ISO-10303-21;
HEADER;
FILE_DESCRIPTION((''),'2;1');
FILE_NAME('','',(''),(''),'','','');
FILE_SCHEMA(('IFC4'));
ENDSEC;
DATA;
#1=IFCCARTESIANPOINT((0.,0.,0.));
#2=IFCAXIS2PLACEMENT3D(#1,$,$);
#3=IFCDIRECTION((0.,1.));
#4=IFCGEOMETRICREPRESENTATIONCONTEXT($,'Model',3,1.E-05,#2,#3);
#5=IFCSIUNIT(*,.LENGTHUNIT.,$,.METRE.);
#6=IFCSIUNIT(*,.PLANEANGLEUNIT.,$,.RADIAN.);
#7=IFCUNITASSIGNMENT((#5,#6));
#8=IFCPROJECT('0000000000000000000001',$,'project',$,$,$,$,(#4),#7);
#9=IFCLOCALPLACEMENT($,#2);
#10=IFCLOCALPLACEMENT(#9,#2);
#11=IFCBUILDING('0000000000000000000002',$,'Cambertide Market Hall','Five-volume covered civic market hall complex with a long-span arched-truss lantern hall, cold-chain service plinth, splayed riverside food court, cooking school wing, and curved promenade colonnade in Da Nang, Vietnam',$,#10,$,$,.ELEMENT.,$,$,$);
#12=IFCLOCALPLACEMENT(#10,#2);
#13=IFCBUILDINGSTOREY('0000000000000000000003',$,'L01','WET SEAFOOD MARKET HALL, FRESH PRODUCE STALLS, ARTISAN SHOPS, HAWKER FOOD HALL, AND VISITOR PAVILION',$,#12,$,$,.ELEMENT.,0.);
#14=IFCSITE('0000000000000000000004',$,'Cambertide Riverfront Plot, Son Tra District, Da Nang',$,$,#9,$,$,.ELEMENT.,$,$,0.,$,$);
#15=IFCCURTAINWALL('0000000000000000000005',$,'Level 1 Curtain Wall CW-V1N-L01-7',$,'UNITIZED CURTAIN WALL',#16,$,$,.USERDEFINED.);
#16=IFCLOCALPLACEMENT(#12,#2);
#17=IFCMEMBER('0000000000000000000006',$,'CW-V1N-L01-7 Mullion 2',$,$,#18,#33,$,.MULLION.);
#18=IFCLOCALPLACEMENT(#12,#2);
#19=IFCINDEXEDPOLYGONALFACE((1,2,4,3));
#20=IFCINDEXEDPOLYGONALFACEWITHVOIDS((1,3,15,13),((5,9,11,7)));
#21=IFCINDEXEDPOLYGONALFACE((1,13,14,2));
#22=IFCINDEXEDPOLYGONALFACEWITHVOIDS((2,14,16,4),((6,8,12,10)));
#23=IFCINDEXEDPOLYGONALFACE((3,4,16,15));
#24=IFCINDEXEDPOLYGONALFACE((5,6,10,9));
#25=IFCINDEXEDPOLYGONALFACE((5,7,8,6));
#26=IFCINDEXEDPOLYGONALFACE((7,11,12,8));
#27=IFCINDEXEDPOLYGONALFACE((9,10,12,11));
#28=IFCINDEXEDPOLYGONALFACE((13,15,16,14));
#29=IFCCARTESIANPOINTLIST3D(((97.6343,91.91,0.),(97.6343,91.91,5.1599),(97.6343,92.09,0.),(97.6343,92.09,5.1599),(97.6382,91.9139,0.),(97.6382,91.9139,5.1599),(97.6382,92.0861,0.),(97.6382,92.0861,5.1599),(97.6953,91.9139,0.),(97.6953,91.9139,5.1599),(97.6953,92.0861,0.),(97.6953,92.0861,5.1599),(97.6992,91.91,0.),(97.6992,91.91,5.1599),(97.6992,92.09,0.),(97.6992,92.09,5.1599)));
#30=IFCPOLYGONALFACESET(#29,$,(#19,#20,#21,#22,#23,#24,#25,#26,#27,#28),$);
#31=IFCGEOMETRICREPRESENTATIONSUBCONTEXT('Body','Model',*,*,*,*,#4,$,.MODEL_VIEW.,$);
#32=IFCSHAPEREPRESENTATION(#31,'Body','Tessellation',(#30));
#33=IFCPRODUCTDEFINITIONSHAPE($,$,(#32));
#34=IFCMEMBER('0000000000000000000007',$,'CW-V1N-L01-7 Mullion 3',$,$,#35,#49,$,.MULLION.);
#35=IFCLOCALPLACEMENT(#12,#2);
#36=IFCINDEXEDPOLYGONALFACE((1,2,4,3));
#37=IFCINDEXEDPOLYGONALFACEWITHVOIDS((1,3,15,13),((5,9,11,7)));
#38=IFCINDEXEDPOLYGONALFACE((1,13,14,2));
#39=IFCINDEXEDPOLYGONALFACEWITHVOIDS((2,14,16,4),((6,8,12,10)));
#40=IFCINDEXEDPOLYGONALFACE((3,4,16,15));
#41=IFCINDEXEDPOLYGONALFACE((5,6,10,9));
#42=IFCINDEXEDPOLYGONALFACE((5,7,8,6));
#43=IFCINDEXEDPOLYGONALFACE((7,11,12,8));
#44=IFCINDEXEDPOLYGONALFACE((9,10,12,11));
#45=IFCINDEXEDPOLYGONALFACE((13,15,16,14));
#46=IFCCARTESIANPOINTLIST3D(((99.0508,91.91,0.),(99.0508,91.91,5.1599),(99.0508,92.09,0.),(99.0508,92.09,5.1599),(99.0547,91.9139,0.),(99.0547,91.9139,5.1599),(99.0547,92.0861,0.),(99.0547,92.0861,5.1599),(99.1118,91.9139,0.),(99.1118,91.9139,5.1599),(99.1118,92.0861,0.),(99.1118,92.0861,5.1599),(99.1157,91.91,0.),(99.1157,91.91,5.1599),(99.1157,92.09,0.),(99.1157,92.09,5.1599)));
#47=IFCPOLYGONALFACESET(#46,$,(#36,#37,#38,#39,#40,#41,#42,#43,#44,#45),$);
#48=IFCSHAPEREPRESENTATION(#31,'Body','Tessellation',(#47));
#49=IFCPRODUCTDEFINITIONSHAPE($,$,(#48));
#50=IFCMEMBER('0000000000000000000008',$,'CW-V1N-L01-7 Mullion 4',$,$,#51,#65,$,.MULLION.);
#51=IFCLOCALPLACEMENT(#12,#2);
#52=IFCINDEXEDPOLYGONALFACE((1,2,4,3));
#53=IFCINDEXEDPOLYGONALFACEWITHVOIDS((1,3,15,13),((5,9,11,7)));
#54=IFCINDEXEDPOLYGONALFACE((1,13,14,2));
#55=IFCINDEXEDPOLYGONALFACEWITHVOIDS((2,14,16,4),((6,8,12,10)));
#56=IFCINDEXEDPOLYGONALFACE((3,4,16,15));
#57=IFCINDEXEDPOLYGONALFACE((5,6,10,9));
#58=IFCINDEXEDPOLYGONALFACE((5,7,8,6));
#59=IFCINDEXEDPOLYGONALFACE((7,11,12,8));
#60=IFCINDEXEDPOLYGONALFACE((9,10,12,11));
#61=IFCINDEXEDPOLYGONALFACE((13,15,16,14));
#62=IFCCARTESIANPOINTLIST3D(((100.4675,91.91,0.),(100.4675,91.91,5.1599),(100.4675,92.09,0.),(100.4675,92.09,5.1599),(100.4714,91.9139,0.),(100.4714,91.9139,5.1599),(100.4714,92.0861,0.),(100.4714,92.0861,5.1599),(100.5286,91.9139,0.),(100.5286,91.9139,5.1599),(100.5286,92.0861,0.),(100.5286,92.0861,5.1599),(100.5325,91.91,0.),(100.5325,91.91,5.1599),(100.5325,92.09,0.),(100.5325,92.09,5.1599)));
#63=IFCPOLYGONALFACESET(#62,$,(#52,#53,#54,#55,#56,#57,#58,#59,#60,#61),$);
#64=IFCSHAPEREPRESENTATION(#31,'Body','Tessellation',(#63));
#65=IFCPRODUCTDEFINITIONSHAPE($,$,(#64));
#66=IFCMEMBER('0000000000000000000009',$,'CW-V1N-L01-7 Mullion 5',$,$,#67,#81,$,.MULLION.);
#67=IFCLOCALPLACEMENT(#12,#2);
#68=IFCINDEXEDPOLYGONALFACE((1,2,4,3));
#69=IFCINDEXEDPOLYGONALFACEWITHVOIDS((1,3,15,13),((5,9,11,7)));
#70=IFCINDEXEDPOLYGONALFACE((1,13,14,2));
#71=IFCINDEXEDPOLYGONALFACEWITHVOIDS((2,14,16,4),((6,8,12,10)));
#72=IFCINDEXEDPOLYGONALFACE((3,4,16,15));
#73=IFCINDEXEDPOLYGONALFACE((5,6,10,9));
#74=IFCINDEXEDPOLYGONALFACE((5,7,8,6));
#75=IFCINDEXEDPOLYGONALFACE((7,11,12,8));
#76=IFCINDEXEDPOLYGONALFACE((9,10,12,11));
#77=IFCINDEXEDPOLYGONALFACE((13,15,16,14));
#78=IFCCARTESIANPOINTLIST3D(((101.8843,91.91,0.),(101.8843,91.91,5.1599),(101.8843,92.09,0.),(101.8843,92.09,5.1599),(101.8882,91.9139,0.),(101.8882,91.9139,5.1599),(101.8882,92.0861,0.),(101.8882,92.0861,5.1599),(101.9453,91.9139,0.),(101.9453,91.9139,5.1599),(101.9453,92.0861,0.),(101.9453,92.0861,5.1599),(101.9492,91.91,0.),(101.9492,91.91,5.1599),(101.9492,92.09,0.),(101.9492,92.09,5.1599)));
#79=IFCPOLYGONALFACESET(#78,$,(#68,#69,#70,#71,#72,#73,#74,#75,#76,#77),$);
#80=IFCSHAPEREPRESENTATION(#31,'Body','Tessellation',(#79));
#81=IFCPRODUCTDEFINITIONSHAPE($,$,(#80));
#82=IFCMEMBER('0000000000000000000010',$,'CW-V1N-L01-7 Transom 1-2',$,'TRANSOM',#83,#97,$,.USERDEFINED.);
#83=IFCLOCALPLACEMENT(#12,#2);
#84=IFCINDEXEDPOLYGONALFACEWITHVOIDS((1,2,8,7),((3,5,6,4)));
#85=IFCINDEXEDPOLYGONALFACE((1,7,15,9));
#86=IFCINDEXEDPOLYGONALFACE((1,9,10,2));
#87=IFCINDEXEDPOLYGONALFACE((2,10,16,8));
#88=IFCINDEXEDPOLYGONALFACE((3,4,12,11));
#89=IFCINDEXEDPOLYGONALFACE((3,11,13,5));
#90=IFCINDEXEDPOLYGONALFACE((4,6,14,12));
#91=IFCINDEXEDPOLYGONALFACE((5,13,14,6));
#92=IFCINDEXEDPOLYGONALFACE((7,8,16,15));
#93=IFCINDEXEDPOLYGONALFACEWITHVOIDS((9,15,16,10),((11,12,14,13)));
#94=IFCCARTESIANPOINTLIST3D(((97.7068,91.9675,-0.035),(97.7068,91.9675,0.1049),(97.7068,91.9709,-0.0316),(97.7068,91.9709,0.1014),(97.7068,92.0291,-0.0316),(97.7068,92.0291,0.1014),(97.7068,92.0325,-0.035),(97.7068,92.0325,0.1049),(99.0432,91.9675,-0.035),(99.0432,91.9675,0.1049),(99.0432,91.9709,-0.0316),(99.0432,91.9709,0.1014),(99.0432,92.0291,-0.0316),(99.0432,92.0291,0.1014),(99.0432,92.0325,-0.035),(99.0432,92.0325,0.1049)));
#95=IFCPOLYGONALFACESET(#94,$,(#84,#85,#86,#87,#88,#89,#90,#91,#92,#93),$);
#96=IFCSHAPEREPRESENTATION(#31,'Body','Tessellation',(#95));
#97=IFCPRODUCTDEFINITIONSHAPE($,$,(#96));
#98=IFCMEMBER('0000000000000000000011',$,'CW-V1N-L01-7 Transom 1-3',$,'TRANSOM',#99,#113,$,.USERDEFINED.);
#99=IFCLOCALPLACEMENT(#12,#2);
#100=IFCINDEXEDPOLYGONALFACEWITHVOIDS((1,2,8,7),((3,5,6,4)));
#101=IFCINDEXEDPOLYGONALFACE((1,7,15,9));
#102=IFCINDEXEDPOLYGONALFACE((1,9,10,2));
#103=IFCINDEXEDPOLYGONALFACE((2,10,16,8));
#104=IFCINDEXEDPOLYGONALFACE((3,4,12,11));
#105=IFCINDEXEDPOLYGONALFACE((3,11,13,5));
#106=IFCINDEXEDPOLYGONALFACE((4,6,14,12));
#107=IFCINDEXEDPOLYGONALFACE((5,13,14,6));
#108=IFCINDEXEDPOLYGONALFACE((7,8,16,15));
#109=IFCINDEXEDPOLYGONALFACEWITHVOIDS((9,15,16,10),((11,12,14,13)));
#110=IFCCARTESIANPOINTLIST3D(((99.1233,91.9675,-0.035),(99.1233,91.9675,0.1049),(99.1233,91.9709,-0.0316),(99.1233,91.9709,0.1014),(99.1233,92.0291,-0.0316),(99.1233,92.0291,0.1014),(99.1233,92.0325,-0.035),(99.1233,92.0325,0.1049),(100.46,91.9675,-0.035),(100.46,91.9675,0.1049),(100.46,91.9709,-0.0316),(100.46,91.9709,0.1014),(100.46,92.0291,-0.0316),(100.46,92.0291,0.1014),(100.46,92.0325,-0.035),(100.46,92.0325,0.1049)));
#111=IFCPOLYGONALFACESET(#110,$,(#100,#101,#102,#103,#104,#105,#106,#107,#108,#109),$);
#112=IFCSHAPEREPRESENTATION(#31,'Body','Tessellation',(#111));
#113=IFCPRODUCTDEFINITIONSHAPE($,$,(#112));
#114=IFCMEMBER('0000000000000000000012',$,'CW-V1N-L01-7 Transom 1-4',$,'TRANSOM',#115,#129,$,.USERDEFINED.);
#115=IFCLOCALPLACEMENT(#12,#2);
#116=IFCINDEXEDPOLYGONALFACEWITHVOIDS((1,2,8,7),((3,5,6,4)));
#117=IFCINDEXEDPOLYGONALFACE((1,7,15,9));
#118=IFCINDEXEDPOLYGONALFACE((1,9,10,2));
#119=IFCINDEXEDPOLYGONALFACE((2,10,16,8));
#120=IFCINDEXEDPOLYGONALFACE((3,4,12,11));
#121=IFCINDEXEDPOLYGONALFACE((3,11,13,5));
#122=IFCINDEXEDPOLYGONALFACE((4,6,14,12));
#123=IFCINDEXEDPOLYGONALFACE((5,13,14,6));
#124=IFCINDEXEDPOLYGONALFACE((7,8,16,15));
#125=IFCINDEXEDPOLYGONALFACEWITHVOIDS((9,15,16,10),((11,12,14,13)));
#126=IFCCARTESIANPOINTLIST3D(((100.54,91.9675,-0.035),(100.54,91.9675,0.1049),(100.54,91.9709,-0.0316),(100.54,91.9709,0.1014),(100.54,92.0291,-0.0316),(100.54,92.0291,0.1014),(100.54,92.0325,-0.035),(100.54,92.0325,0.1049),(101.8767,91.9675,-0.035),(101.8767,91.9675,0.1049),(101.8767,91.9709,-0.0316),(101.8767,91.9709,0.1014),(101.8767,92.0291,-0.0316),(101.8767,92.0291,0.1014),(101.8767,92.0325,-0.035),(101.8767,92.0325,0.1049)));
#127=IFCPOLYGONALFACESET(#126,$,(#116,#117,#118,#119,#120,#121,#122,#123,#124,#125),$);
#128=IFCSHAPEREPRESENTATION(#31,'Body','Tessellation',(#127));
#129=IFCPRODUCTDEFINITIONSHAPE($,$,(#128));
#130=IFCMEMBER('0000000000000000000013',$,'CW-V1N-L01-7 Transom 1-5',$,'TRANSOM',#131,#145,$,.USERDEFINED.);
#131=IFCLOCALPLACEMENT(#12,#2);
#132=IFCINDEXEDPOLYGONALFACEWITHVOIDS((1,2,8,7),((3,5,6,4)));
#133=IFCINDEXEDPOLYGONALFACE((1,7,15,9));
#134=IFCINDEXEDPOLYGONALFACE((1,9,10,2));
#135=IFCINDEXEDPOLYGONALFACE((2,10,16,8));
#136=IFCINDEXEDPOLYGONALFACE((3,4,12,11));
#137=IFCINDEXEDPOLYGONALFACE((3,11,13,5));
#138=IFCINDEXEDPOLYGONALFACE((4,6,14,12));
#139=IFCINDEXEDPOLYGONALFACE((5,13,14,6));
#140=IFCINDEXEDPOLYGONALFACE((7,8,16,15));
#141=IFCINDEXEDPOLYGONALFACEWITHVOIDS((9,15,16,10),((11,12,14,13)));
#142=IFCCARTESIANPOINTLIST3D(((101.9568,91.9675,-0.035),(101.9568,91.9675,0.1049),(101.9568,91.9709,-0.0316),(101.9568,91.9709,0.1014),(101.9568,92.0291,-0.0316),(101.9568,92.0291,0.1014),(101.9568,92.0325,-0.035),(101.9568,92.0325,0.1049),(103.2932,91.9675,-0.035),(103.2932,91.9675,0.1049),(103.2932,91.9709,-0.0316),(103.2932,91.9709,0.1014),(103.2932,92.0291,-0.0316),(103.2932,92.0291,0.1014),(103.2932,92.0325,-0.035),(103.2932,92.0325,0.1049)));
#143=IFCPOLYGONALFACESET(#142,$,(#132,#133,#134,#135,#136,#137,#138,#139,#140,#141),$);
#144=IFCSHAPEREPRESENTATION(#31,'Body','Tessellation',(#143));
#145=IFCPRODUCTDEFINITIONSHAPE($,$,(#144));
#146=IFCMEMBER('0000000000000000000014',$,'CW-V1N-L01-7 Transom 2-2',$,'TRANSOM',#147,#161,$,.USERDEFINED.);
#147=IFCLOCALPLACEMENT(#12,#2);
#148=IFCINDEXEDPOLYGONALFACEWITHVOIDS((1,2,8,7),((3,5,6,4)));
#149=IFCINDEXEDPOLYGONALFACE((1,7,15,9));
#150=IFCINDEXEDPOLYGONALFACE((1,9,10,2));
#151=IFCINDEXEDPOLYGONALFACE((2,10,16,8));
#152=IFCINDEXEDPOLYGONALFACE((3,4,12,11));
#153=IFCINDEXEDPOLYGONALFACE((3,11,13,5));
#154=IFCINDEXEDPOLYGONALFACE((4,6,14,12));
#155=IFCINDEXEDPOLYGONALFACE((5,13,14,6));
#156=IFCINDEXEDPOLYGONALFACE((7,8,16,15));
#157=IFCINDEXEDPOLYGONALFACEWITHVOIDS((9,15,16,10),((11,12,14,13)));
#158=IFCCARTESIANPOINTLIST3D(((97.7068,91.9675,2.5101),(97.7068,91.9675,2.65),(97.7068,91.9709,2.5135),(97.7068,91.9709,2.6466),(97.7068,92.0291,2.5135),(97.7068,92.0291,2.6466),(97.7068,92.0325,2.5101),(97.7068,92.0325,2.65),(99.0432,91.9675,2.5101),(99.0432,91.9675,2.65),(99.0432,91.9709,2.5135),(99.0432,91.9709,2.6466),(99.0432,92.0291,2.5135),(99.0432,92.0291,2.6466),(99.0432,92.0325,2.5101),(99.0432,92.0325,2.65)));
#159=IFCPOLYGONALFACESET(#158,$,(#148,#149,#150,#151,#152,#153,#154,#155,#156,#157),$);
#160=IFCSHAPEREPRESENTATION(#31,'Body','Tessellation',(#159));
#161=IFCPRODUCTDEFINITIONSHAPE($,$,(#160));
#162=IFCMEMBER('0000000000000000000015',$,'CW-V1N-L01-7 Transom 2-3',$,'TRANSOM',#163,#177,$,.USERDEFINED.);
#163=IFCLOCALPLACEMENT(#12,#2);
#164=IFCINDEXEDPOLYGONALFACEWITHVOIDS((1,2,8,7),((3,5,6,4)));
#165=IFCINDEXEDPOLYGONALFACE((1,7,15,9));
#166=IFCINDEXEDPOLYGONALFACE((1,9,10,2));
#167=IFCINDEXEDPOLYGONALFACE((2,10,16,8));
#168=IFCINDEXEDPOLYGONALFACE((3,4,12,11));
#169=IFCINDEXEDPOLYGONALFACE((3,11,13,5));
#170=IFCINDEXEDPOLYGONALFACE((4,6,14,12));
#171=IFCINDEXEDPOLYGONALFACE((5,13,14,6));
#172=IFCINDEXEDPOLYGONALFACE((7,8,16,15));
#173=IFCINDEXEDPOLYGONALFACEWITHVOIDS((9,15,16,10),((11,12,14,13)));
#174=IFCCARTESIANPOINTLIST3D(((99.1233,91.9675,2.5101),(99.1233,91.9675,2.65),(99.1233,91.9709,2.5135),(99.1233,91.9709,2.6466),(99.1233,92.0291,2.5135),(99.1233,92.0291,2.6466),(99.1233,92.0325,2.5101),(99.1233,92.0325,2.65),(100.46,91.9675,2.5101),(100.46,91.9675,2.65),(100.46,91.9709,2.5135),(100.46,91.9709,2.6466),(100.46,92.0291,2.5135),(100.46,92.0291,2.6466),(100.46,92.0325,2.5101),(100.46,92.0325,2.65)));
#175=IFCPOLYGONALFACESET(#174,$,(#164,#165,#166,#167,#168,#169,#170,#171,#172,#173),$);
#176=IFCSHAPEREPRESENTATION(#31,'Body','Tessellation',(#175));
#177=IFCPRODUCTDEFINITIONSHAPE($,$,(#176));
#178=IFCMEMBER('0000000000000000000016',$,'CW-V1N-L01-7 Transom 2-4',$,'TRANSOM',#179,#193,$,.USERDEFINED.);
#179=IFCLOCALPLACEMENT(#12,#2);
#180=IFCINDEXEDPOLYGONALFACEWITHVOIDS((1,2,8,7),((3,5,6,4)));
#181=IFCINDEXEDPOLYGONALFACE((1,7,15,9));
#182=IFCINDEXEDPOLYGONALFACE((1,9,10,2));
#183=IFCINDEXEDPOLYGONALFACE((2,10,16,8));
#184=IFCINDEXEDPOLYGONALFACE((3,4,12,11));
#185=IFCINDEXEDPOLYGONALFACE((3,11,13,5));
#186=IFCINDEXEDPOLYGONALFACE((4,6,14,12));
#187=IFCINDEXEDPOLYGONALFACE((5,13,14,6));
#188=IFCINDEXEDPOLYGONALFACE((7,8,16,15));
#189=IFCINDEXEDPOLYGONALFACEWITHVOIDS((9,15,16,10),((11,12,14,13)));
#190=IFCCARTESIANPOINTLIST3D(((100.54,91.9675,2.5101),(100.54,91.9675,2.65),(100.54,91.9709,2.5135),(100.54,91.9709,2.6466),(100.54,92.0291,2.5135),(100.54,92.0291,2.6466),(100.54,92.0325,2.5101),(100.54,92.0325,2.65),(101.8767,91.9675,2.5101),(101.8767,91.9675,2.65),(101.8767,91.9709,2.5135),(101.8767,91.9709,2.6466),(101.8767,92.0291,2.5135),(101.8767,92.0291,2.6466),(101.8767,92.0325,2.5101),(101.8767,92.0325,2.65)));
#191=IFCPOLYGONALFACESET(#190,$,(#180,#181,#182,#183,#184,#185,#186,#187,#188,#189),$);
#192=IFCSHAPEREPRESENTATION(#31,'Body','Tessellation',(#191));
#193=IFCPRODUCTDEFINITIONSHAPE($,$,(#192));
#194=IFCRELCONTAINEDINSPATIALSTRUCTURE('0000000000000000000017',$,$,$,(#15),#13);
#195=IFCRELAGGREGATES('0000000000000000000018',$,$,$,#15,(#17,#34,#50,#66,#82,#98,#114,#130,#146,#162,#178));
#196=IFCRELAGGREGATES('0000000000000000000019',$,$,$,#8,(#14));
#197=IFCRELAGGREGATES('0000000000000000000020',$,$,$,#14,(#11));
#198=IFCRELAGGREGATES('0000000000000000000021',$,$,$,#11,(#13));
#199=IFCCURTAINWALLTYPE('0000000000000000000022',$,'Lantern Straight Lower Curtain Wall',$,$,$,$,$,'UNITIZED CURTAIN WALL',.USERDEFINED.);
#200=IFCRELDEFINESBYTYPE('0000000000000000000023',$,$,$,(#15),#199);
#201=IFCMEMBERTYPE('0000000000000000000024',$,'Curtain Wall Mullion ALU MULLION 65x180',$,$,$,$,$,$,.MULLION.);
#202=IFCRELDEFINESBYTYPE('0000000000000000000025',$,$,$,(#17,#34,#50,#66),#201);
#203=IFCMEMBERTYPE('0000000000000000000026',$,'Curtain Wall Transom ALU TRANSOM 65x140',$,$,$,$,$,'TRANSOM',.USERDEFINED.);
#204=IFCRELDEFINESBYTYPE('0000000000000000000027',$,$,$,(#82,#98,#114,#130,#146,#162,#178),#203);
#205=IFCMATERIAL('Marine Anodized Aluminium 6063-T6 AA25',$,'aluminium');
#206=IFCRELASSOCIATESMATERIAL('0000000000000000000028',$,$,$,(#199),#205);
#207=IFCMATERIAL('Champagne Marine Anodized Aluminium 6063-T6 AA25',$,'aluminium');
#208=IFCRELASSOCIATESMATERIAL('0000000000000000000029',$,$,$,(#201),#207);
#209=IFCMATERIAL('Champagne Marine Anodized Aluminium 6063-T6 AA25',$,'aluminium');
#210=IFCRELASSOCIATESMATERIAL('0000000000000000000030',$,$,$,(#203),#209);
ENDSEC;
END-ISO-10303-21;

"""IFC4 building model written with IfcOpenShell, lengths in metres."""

from ifc_helpers import new_model, si_unit, direction, frame, origin, origin_2d, place, context, subcontext, project, spatial, hollow_rectangle, extrude, material, material_profile, profile_set, type_object, element, aggregate, save


model = new_model("IFC4")

# Units and contexts
model_context = context("Model", 3, precision=1e-05, world=origin(), true_north=direction((0.0, 1.0)))
body_context = subcontext(model_context, "Body", "Model", "MODEL_VIEW")
ifc_project = project(units=[si_unit("LENGTHUNIT", "METRE"), si_unit("PLANEANGLEUNIT", "RADIAN")], contexts=[model_context])

# Site, building, storey
site_placement = place(None, origin())
site = spatial("IfcSite", under=ifc_project, at=site_placement, Name="Cambertide Riverfront Plot, Son Tra District, Da Nang", CompositionType="ELEMENT", RefElevation=0.0)
building_placement = place(site_placement, origin())
building = spatial("IfcBuilding", under=site, at=building_placement, Name="Cambertide Market Hall", Description="Five-volume covered civic market hall complex with a long-span arched-truss lantern hall, cold-chain service plinth, splayed riverside food court, cooking school wing, and curved promenade colonnade in Da Nang, Vietnam", CompositionType="ELEMENT")
storey_placement = place(building_placement, origin())
storey = spatial("IfcBuildingStorey", under=building, at=storey_placement, Name="L01", Description="WET SEAFOOD MARKET HALL, FRESH PRODUCE STALLS, ARTISAN SHOPS, HAWKER FOOD HALL, AND VISITOR PAVILION", CompositionType="ELEMENT", Elevation=0.0)

# Curtain wall, members
ifc_material_1 = material(Name="Marine Anodized Aluminium 6063-T6 AA25", Category="aluminium")
curtain_wall_type = type_object("IfcCurtainWallType", Name="Lantern Straight Lower Curtain Wall", ElementType="UNITIZED CURTAIN WALL", PredefinedType="USERDEFINED", material=ifc_material_1)
curtain_wall_placement = place(storey_placement, origin())
curtain_wall = element("IfcCurtainWall", 1, at=curtain_wall_placement, inside=storey, type_object=curtain_wall_type, Name="Level 1 Curtain Wall CW-V1N-L01-7", ObjectType="UNITIZED CURTAIN WALL", PredefinedType="USERDEFINED")
ifc_material_2 = material(Name="Champagne Marine Anodized Aluminium 6063-T6 AA25", Category="aluminium")
ifc_material_profile_1 = material_profile(ifc_material_2, hollow_rectangle(XDim=0.0649, YDim=0.1799, WallThickness=0.0039, at=origin_2d()), Name="ALU MULLION 65x180")
ifc_profile_set_1 = profile_set([ifc_material_profile_1], Name="Champagne Marine Anodized Aluminium 6063-T6 AA25")
member_type_1 = type_object("IfcMemberType", Name="Curtain Wall Mullion ALU MULLION 65x180", PredefinedType="MULLION", material=ifc_profile_set_1)
member_1_placement = place(storey_placement, frame((97.6667, 92.0, 0.0), z_axis=(0.0, 0.0, 1.0), x_axis=(1.0, 0.0, 0.0)))
member_1 = element("IfcMember", 2, at=member_1_placement, type_object=member_type_1, Name="CW-V1N-L01-7 Mullion 2", PredefinedType="MULLION", context=body_context, shape_type="SweptSolid", body=[
    extrude(hollow_rectangle(XDim=0.0649, YDim=0.1799, WallThickness=0.0039, at=origin_2d()), origin(), (0.0, 0.0, 1.0), 5.1599),
])
member_2_placement = place(storey_placement, frame((99.0833, 92.0, 0.0), z_axis=(0.0, 0.0, 1.0), x_axis=(1.0, 0.0, 0.0)))
member_2 = element("IfcMember", 3, at=member_2_placement, type_object=member_type_1, Name="CW-V1N-L01-7 Mullion 3", PredefinedType="MULLION", context=body_context, shape_type="SweptSolid", body=[
    extrude(hollow_rectangle(XDim=0.0649, YDim=0.1799, WallThickness=0.0039, at=origin_2d()), origin(), (0.0, 0.0, 1.0), 5.1599),
])
member_3_placement = place(storey_placement, frame((100.5, 92.0, 0.0), z_axis=(0.0, 0.0, 1.0), x_axis=(1.0, 0.0, 0.0)))
member_3 = element("IfcMember", 4, at=member_3_placement, type_object=member_type_1, Name="CW-V1N-L01-7 Mullion 4", PredefinedType="MULLION", context=body_context, shape_type="SweptSolid", body=[
    extrude(hollow_rectangle(XDim=0.0649, YDim=0.1799, WallThickness=0.0039, at=origin_2d()), origin(), (0.0, 0.0, 1.0), 5.1599),
])
member_4_placement = place(storey_placement, frame((101.9167, 92.0, 0.0), z_axis=(0.0, 0.0, 1.0), x_axis=(1.0, 0.0, 0.0)))
member_4 = element("IfcMember", 5, at=member_4_placement, type_object=member_type_1, Name="CW-V1N-L01-7 Mullion 5", PredefinedType="MULLION", context=body_context, shape_type="SweptSolid", body=[
    extrude(hollow_rectangle(XDim=0.0649, YDim=0.1799, WallThickness=0.0039, at=origin_2d()), origin(), (0.0, 0.0, 1.0), 5.1599),
])
ifc_material_3 = material(Name="Champagne Marine Anodized Aluminium 6063-T6 AA25", Category="aluminium")
ifc_material_profile_2 = material_profile(ifc_material_3, hollow_rectangle(XDim=0.0649, YDim=0.1399, WallThickness=0.0034, at=origin_2d()), Name="ALU TRANSOM 65x140")
ifc_profile_set_2 = profile_set([ifc_material_profile_2], Name="Champagne Marine Anodized Aluminium 6063-T6 AA25")
member_type_2 = type_object("IfcMemberType", Name="Curtain Wall Transom ALU TRANSOM 65x140", ElementType="TRANSOM", PredefinedType="USERDEFINED", material=ifc_profile_set_2)
member_5_placement = place(storey_placement, frame((97.7068, 92.0, 0.0349), z_axis=(1.0, 0.0, 0.0), x_axis=(0.0, 1.0, 0.0)))
member_5 = element("IfcMember", 6, at=member_5_placement, type_object=member_type_2, Name="CW-V1N-L01-7 Transom 1-2", ObjectType="TRANSOM", PredefinedType="USERDEFINED", context=body_context, shape_type="SweptSolid", body=[
    extrude(hollow_rectangle(XDim=0.0649, YDim=0.1399, WallThickness=0.0034, at=origin_2d()), origin(), (0.0, 0.0, 1.0), 1.3364),
])
member_6_placement = place(storey_placement, frame((99.1233, 92.0, 0.0349), z_axis=(1.0, 0.0, 0.0), x_axis=(0.0, 1.0, 0.0)))
member_6 = element("IfcMember", 7, at=member_6_placement, type_object=member_type_2, Name="CW-V1N-L01-7 Transom 1-3", ObjectType="TRANSOM", PredefinedType="USERDEFINED", context=body_context, shape_type="SweptSolid", body=[
    extrude(hollow_rectangle(XDim=0.0649, YDim=0.1399, WallThickness=0.0034, at=origin_2d()), origin(), (0.0, 0.0, 1.0), 1.3367),
])
member_7_placement = place(storey_placement, frame((100.54, 92.0, 0.0349), z_axis=(1.0, 0.0, 0.0), x_axis=(0.0, 1.0, 0.0)))
member_7 = element("IfcMember", 8, at=member_7_placement, type_object=member_type_2, Name="CW-V1N-L01-7 Transom 1-4", ObjectType="TRANSOM", PredefinedType="USERDEFINED", context=body_context, shape_type="SweptSolid", body=[
    extrude(hollow_rectangle(XDim=0.0649, YDim=0.1399, WallThickness=0.0034, at=origin_2d()), origin(), (0.0, 0.0, 1.0), 1.3367),
])
member_8_placement = place(storey_placement, frame((101.9568, 92.0, 0.0349), z_axis=(1.0, 0.0, 0.0), x_axis=(0.0, 1.0, 0.0)))
member_8 = element("IfcMember", 9, at=member_8_placement, type_object=member_type_2, Name="CW-V1N-L01-7 Transom 1-5", ObjectType="TRANSOM", PredefinedType="USERDEFINED", context=body_context, shape_type="SweptSolid", body=[
    extrude(hollow_rectangle(XDim=0.0649, YDim=0.1399, WallThickness=0.0034, at=origin_2d()), origin(), (0.0, 0.0, 1.0), 1.3364),
])
member_9_placement = place(storey_placement, frame((97.7068, 92.0, 2.5801), z_axis=(1.0, 0.0, 0.0), x_axis=(0.0, 1.0, 0.0)))
member_9 = element("IfcMember", 10, at=member_9_placement, type_object=member_type_2, Name="CW-V1N-L01-7 Transom 2-2", ObjectType="TRANSOM", PredefinedType="USERDEFINED", context=body_context, shape_type="SweptSolid", body=[
    extrude(hollow_rectangle(XDim=0.0649, YDim=0.1399, WallThickness=0.0034, at=origin_2d()), origin(), (0.0, 0.0, 1.0), 1.3364),
])
member_10_placement = place(storey_placement, frame((99.1233, 92.0, 2.5801), z_axis=(1.0, 0.0, 0.0), x_axis=(0.0, 1.0, 0.0)))
member_10 = element("IfcMember", 11, at=member_10_placement, type_object=member_type_2, Name="CW-V1N-L01-7 Transom 2-3", ObjectType="TRANSOM", PredefinedType="USERDEFINED", context=body_context, shape_type="SweptSolid", body=[
    extrude(hollow_rectangle(XDim=0.0649, YDim=0.1399, WallThickness=0.0034, at=origin_2d()), origin(), (0.0, 0.0, 1.0), 1.3367),
])
member_11_placement = place(storey_placement, frame((100.54, 92.0, 2.5801), z_axis=(1.0, 0.0, 0.0), x_axis=(0.0, 1.0, 0.0)))
member_11 = element("IfcMember", 12, at=member_11_placement, type_object=member_type_2, Name="CW-V1N-L01-7 Transom 2-4", ObjectType="TRANSOM", PredefinedType="USERDEFINED", context=body_context, shape_type="SweptSolid", body=[
    extrude(hollow_rectangle(XDim=0.0649, YDim=0.1399, WallThickness=0.0034, at=origin_2d()), origin(), (0.0, 0.0, 1.0), 1.3367),
])
aggregate(curtain_wall, [member_1, member_2, member_3, member_4, member_5, member_6, member_7, member_8, member_9, member_10, member_11])

save(model, "model.ifc")
